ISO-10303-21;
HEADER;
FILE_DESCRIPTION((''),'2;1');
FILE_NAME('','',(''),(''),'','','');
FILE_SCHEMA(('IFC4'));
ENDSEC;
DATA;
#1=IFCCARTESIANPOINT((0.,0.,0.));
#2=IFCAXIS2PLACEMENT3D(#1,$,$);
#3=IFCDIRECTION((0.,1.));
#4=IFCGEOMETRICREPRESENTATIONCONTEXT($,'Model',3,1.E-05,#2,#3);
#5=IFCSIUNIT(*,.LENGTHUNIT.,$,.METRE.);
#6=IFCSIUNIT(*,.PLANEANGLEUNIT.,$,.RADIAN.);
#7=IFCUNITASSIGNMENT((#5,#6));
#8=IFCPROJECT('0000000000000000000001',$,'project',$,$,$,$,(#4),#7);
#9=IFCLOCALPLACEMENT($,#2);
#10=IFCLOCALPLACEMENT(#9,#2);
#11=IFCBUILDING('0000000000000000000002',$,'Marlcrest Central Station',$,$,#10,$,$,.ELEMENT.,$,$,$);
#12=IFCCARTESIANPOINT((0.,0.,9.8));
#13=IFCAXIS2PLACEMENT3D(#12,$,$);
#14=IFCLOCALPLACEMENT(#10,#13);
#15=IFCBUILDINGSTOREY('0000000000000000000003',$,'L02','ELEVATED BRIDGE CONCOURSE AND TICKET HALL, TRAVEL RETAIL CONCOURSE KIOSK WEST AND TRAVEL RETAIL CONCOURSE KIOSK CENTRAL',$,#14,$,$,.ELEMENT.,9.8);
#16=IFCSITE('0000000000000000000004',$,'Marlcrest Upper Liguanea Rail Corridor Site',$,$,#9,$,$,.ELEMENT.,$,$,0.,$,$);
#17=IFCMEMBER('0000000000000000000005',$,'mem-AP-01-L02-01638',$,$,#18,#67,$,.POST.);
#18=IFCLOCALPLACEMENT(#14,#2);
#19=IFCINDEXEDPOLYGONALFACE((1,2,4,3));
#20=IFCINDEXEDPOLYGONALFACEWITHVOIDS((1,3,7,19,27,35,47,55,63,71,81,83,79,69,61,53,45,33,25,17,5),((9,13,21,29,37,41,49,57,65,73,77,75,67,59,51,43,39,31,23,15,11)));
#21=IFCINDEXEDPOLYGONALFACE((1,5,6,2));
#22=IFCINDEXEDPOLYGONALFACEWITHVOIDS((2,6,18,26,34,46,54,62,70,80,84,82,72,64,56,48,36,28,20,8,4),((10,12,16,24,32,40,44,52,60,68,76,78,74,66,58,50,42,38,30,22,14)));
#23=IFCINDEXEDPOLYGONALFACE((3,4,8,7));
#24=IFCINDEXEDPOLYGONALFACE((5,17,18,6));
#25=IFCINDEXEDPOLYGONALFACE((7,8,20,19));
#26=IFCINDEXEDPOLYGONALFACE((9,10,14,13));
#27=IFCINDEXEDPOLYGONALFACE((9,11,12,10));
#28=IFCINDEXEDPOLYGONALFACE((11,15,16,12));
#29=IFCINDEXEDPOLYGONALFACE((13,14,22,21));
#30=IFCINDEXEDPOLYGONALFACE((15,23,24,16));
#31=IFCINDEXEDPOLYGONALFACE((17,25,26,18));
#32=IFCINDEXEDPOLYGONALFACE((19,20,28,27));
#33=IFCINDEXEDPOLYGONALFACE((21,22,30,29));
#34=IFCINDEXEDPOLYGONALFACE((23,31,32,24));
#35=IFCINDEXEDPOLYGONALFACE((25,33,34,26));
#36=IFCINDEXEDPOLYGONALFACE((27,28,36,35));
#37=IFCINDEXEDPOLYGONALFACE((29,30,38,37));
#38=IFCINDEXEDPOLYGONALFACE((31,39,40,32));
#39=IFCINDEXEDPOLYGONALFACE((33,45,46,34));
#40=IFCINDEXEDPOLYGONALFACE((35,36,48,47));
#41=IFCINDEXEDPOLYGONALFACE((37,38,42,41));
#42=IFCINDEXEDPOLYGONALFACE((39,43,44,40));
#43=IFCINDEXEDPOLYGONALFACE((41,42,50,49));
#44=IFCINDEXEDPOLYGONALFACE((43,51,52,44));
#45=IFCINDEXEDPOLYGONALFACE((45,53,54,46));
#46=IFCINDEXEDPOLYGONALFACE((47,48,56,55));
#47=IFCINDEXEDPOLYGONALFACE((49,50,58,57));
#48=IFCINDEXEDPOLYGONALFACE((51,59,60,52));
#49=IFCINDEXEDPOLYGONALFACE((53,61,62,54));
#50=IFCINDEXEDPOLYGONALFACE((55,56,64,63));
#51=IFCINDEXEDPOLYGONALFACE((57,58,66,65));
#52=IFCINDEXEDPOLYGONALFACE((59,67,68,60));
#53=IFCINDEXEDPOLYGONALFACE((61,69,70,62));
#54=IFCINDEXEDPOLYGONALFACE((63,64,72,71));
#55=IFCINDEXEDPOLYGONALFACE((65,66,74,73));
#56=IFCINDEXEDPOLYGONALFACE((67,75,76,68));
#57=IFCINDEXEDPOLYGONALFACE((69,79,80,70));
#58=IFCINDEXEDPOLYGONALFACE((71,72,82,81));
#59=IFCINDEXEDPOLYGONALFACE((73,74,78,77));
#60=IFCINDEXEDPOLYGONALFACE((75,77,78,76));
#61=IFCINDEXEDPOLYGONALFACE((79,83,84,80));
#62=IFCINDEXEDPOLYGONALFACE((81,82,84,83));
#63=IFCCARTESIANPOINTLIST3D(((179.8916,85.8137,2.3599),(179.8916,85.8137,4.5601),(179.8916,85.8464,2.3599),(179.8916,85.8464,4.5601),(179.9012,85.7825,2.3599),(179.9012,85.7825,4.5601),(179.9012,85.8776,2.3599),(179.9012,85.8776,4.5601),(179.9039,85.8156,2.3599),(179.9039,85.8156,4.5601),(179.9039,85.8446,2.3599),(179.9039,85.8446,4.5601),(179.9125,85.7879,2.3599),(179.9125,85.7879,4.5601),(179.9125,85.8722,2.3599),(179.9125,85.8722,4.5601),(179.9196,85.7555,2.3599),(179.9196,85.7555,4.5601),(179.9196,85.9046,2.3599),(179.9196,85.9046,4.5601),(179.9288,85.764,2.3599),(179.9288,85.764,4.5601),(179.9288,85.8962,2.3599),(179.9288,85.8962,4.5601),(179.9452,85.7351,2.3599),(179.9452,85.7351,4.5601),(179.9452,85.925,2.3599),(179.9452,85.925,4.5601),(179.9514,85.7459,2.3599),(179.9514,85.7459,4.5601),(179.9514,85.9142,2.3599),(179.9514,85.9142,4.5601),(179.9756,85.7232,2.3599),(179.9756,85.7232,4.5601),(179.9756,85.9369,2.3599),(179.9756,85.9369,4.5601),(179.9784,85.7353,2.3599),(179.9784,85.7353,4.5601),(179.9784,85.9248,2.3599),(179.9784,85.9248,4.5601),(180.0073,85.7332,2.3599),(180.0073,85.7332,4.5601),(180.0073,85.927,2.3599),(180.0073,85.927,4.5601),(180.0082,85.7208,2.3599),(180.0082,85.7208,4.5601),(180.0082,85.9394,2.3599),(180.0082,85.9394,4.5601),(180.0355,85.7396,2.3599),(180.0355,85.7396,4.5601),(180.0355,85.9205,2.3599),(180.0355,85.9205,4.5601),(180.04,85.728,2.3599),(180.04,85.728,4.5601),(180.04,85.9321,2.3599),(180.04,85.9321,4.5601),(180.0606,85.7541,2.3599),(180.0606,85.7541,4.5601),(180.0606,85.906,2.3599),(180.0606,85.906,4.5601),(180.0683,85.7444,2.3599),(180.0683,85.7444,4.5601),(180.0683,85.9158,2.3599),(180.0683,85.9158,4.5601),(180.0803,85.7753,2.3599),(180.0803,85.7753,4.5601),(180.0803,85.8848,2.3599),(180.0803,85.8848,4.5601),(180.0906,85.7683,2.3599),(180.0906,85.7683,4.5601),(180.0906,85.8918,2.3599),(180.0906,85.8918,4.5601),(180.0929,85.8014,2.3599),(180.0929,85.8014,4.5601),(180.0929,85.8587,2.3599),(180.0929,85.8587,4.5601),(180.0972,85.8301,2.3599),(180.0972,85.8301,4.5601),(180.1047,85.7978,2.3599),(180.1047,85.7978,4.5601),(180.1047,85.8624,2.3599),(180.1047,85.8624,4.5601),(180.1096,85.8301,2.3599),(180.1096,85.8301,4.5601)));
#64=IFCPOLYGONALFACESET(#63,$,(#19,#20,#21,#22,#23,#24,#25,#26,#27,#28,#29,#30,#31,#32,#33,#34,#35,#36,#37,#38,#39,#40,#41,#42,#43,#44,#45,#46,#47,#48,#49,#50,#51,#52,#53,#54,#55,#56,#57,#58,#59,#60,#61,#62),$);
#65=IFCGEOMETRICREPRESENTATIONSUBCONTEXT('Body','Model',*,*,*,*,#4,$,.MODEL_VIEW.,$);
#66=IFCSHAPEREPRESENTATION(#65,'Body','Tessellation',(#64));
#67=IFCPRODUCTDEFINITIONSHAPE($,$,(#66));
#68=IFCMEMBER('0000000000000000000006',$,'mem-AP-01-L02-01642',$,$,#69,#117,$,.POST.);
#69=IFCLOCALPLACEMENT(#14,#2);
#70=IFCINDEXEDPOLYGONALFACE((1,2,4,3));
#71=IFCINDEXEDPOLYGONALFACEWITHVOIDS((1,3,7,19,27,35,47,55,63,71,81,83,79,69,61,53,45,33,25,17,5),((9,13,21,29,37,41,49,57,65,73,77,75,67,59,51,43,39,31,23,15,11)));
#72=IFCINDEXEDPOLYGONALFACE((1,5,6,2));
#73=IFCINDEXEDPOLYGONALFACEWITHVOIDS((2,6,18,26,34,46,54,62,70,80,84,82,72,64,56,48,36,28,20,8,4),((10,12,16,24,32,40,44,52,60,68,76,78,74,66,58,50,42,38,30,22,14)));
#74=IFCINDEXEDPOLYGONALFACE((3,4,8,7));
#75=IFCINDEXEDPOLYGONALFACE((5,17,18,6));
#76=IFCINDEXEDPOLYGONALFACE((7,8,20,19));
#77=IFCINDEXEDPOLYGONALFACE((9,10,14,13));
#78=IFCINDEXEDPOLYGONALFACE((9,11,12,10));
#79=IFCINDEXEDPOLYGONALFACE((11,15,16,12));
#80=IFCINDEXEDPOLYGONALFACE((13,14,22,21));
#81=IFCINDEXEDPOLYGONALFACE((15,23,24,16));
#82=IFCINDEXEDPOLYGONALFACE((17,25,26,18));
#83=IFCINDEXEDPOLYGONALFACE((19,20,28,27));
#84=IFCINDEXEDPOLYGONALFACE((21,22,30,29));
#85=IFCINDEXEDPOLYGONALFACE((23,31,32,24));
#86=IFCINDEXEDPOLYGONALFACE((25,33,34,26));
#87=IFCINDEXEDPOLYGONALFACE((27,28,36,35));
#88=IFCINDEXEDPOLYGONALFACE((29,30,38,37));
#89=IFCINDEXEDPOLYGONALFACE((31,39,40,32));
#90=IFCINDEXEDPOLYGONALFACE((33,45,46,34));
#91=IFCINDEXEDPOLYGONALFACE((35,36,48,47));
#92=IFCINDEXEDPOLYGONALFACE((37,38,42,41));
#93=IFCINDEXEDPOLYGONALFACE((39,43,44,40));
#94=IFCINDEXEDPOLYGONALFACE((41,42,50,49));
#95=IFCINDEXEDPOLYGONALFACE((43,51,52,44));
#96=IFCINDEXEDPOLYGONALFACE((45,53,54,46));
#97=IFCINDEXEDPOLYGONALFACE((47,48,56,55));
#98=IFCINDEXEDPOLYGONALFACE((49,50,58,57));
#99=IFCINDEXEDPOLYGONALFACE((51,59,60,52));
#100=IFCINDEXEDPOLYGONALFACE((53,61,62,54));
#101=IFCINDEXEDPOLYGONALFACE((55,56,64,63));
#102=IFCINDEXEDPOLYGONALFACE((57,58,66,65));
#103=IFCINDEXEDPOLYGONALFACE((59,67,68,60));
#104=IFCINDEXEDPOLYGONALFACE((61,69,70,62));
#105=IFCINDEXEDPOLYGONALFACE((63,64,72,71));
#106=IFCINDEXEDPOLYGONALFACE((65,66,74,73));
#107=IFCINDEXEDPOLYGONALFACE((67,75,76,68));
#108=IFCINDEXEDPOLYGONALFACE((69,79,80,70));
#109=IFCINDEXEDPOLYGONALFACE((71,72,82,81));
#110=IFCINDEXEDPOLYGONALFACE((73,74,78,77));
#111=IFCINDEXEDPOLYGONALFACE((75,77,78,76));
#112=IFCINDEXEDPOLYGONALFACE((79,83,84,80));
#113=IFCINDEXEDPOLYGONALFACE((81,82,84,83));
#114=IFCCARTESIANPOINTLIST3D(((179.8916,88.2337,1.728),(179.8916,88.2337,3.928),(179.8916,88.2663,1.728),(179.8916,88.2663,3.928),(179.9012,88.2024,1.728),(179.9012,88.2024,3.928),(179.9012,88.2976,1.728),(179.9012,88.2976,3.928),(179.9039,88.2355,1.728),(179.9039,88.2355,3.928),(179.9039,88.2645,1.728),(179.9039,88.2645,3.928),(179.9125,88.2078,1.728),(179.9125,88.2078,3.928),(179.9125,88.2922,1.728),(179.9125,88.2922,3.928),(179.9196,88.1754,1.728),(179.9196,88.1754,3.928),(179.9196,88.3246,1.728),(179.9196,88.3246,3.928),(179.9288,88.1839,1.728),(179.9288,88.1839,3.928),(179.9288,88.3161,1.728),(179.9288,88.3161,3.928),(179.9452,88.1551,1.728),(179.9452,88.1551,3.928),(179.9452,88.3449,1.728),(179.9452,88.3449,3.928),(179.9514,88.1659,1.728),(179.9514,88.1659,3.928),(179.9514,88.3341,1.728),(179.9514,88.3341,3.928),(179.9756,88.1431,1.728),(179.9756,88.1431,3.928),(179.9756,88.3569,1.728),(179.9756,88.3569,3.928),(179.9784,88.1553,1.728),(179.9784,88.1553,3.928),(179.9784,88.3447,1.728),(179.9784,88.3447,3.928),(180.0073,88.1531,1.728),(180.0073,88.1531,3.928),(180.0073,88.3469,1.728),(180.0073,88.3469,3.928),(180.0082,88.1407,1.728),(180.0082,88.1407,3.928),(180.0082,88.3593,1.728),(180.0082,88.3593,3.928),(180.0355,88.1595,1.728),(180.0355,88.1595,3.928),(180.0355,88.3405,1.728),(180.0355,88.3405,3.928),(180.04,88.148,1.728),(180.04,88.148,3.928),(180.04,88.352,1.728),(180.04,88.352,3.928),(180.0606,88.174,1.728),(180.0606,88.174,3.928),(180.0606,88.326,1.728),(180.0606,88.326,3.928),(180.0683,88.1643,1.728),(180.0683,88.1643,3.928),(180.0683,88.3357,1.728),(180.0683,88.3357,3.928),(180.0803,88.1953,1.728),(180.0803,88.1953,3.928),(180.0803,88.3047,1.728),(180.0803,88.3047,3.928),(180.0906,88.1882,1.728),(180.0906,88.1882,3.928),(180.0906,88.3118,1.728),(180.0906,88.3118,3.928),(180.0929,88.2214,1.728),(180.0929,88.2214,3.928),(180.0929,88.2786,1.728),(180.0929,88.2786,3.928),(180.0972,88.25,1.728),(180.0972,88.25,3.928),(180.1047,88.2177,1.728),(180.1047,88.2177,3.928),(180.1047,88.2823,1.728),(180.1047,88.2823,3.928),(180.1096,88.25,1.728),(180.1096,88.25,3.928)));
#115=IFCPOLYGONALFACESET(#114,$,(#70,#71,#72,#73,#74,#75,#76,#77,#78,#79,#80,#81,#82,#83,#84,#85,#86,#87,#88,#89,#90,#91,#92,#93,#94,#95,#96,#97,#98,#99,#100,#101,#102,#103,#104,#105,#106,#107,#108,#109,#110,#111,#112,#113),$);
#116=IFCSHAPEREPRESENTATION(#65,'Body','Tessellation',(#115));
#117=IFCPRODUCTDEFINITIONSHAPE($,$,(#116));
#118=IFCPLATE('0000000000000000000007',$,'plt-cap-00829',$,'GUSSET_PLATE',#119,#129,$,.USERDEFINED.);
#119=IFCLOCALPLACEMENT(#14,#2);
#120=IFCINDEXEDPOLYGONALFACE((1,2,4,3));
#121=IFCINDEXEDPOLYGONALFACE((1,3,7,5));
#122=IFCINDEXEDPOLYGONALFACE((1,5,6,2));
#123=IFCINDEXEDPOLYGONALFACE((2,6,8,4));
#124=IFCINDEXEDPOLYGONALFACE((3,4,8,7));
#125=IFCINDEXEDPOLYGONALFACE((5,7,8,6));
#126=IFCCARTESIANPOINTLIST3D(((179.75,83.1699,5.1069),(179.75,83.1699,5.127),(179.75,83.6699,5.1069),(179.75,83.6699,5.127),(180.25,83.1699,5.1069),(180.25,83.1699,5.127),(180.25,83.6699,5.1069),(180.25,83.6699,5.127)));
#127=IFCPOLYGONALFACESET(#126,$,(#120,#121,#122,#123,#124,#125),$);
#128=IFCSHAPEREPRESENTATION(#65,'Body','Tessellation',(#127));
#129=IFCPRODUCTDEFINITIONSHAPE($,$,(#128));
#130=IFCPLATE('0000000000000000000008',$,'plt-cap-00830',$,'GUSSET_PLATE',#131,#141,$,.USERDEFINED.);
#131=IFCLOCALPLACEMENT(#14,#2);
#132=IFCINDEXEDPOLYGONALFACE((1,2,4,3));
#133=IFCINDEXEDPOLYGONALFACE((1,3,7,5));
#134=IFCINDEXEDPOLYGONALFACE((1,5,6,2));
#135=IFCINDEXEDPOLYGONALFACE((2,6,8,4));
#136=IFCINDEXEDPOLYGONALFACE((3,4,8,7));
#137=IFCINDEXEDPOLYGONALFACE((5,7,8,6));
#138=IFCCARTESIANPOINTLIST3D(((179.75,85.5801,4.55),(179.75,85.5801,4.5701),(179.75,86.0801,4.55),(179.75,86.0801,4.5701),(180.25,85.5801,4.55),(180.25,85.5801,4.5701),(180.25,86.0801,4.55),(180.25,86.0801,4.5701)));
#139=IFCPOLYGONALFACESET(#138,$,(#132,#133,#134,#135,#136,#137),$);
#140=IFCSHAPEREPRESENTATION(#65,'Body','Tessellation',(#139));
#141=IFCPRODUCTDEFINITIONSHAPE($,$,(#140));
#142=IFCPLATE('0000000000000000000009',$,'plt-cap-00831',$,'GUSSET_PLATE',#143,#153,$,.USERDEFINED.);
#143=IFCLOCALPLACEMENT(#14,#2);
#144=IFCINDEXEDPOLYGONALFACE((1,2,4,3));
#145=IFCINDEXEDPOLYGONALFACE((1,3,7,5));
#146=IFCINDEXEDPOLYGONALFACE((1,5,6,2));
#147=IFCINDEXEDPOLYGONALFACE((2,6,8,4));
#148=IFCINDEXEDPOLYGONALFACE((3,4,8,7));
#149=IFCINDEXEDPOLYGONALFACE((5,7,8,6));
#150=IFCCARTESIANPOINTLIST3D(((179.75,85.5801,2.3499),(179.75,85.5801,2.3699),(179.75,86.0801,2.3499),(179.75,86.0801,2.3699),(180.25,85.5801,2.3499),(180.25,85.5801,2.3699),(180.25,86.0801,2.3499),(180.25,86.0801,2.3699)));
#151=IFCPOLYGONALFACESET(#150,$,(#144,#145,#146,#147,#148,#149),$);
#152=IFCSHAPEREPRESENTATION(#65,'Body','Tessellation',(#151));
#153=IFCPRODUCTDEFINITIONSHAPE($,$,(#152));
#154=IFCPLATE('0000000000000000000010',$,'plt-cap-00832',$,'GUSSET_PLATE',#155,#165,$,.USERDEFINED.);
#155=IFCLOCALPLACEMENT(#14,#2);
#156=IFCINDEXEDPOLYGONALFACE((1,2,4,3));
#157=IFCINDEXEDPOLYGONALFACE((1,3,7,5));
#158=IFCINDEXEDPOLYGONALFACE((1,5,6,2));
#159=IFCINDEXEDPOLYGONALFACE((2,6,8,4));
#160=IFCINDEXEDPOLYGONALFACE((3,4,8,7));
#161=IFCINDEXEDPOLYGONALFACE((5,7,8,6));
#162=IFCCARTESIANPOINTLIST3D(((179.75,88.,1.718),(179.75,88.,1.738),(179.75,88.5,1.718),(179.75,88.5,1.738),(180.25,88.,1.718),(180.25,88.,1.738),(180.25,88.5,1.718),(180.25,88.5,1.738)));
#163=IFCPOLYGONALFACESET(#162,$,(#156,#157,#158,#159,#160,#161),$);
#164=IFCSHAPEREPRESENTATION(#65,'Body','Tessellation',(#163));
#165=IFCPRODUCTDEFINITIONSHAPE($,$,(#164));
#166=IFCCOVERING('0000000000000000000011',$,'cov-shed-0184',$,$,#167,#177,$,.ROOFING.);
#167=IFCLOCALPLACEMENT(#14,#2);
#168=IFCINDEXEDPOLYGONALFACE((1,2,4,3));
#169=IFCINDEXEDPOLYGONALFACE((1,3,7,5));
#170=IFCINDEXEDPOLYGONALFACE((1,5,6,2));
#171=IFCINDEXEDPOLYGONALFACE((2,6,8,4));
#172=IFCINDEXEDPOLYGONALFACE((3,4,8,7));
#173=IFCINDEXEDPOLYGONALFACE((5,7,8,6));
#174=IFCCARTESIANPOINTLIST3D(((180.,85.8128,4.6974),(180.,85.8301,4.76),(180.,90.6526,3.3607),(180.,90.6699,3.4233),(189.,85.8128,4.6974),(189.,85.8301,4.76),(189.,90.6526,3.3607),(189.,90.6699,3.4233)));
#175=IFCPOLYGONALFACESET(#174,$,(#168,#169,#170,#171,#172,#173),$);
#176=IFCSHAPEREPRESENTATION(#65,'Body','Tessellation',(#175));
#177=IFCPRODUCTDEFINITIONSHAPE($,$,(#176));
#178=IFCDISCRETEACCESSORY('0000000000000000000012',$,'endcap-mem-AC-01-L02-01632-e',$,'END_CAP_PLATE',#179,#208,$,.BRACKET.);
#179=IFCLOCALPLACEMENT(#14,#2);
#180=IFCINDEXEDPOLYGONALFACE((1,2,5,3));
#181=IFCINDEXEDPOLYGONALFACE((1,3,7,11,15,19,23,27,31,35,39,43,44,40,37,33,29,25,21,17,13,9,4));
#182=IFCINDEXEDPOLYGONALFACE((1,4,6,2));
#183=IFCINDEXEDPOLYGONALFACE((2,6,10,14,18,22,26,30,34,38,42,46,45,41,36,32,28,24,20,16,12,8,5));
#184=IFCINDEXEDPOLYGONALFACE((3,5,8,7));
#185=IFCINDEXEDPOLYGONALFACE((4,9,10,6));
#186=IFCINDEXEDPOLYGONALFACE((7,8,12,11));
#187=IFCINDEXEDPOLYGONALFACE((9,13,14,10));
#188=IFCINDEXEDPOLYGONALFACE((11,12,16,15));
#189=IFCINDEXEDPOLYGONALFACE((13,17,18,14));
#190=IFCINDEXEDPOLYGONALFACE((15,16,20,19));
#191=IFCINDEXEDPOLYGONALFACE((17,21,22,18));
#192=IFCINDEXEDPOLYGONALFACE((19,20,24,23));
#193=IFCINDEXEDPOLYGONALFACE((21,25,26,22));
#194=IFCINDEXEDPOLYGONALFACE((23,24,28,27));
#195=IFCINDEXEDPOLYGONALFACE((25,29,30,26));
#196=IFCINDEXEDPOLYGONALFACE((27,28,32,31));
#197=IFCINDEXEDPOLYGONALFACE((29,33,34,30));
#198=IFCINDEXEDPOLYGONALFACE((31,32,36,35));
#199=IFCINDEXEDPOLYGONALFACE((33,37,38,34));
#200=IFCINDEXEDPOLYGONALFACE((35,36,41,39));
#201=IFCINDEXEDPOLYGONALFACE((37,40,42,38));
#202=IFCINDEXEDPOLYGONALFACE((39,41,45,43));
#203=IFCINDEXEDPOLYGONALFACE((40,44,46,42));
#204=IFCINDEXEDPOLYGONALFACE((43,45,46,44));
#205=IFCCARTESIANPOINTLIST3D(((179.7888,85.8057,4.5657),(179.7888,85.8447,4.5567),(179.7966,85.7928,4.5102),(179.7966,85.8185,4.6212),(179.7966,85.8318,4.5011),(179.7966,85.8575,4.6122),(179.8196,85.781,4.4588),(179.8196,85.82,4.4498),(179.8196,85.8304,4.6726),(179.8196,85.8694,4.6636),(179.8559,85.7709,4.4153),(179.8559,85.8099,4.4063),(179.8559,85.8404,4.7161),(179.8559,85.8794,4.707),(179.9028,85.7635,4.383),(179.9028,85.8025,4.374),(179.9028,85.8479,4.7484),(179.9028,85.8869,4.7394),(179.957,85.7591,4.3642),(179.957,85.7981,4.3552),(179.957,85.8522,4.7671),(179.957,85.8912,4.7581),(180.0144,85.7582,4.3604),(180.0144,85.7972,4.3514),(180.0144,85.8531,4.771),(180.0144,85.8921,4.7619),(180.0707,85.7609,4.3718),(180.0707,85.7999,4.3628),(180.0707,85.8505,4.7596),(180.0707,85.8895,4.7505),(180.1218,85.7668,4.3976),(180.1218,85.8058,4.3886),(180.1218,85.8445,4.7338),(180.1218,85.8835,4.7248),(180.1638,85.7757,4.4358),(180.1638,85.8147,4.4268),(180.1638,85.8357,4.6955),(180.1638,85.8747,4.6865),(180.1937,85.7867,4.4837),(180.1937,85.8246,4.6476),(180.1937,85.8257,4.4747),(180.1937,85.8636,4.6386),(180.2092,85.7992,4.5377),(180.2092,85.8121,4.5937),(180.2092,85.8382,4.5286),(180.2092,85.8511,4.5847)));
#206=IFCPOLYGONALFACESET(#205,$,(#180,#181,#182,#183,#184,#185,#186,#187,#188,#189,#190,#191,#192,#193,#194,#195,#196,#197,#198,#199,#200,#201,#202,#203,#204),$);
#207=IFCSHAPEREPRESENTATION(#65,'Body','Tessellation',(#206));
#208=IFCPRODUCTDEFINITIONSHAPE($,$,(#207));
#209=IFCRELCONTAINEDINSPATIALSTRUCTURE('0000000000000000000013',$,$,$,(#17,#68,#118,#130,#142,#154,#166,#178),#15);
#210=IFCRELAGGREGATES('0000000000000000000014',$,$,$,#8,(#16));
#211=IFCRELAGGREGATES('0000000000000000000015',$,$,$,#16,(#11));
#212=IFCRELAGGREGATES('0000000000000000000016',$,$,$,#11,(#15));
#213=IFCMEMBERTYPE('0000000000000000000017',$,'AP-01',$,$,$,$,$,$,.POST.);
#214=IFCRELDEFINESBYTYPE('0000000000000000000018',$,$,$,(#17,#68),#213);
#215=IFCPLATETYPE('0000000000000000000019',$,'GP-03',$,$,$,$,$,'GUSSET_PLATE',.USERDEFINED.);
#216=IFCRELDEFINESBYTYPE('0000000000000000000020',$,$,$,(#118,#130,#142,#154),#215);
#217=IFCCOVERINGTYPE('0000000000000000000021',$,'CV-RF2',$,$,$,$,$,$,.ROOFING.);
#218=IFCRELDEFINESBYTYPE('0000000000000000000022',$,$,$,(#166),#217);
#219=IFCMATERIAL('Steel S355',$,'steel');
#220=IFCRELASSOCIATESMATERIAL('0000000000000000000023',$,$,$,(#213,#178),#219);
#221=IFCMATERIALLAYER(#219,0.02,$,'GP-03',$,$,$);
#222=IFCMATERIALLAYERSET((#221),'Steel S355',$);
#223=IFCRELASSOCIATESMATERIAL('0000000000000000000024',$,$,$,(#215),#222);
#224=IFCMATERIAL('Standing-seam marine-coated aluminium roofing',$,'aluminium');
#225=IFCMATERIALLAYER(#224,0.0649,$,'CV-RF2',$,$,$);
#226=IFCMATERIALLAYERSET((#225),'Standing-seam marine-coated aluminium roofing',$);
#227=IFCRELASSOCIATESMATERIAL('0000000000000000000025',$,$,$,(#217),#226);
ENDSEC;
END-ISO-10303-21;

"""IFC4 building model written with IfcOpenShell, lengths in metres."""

from ifc_helpers import new_model, si_unit, direction, frame, origin, origin_2d, place, context, subcontext, project, spatial, polyline, rectangle, circle, hollow_circle, outline, extrude, material, layer, layer_set, material_profile, profile_set, type_object, element, save


model = new_model("IFC4")

# Units and contexts
model_context = context("Model", 3, precision=1e-05, world=origin(), true_north=direction((0.0, 1.0)))
body_context = subcontext(model_context, "Body", "Model", "MODEL_VIEW")
ifc_project = project(units=[si_unit("LENGTHUNIT", "METRE"), si_unit("PLANEANGLEUNIT", "RADIAN")], contexts=[model_context])

# Site, building, storey
site_placement = place(None, origin())
site = spatial("IfcSite", under=ifc_project, at=site_placement, Name="Marlcrest Upper Liguanea Rail Corridor Site", CompositionType="ELEMENT", RefElevation=0.0)
building_placement = place(site_placement, origin())
building = spatial("IfcBuilding", under=site, at=building_placement, Name="Marlcrest Central Station", CompositionType="ELEMENT")
storey_placement = place(building_placement, frame((0.0, 0.0, 9.8)))
storey = spatial("IfcBuildingStorey", under=building, at=storey_placement, Name="L02", Description="ELEVATED BRIDGE CONCOURSE AND TICKET HALL, TRAVEL RETAIL CONCOURSE KIOSK WEST AND TRAVEL RETAIL CONCOURSE KIOSK CENTRAL", CompositionType="ELEMENT", Elevation=9.8)

# Members
ifc_material_1 = material(Name="Steel S355", Category="steel")
ifc_material_profile_1 = material_profile(ifc_material_1, hollow_circle(Radius=0.1096, WallThickness=0.0125, at=origin_2d()), Name="CHS 219.1x12.5")
ifc_profile_set_1 = profile_set([ifc_material_profile_1], Name="Steel S355")
member_type_1 = type_object("IfcMemberType", Name="AP-01", PredefinedType="POST", material=ifc_profile_set_1)
member_1_placement = place(storey_placement, frame((180.0, 85.8301, 2.3599), z_axis=(0.0, 0.0, 1.0), x_axis=(1.0, 0.0, 0.0)))
element("IfcMember", 1, at=member_1_placement, inside=storey, type_object=member_type_1, Name="mem-AP-01-L02-01638", PredefinedType="POST", context=body_context, shape_type="SweptSolid", body=[
    extrude(hollow_circle(Radius=0.1096, WallThickness=0.0125, at=origin_2d()), origin(), (0.0, 0.0, 1.0), 2.2002),
])
member_2_placement = place(storey_placement, frame((180.0, 88.25, 1.728), z_axis=(0.0, 0.0, 1.0), x_axis=(1.0, 0.0, 0.0)))
element("IfcMember", 2, at=member_2_placement, inside=storey, type_object=member_type_1, Name="mem-AP-01-L02-01642", PredefinedType="POST", context=body_context, shape_type="SweptSolid", body=[
    extrude(hollow_circle(Radius=0.1096, WallThickness=0.0125, at=origin_2d()), origin(), (0.0, 0.0, 1.0), 2.2),
])

# Plates
ifc_layer_1 = layer(ifc_material_1, 0.02, Name="GP-03")
ifc_layer_set_1 = layer_set([ifc_layer_1], Name="Steel S355")
plate_type = type_object("IfcPlateType", Name="GP-03", ElementType="GUSSET_PLATE", PredefinedType="USERDEFINED", material=ifc_layer_set_1)
for number, where, z_axis, x_axis, name in (
    (3, (180.0, 83.4199, 5.1069), (0.0, 0.0, 1.0), (1.0, 0.0, 0.0), "plt-cap-00829"),
    (4, (180.0, 85.8301, 4.55), (0.0, 0.0, 1.0), (1.0, 0.0, 0.0), "plt-cap-00830"),
    (5, (180.0, 85.8301, 2.3499), (0.0, 0.0, 1.0), (1.0, 0.0, 0.0), "plt-cap-00831"),
    (6, (180.0, 88.25, 1.718), (0.0, 0.0, 1.0), (1.0, 0.0, 0.0), "plt-cap-00832"),
):
    element("IfcPlate", number, at=place(storey_placement, frame(where, z_axis=z_axis, x_axis=x_axis)), inside=storey, type_object=plate_type, Name=name, ObjectType="GUSSET_PLATE", PredefinedType="USERDEFINED", context=body_context, shape_type="SweptSolid", body=[
        extrude(rectangle(XDim=0.5, YDim=0.5, at=origin_2d()), origin(), (0.0, 0.0, 1.0), 0.02),
    ])

# Covering
ifc_material_2 = material(Name="Standing-seam marine-coated aluminium roofing", Category="aluminium")
ifc_layer_2 = layer(ifc_material_2, 0.0649, Name="CV-RF2")
ifc_layer_set_2 = layer_set([ifc_layer_2], Name="Standing-seam marine-coated aluminium roofing")
covering_type = type_object("IfcCoveringType", Name="CV-RF2", PredefinedType="ROOFING", material=ifc_layer_set_2)
covering_placement = place(storey_placement, frame((180.0, 85.8301, 4.76), z_axis=(0.0, 0.266214, 0.963914), x_axis=(1.0, 0.0, 0.0)))
element("IfcCovering", 7, at=covering_placement, inside=storey, type_object=covering_type, Name="cov-shed-0184", PredefinedType="ROOFING", context=body_context, shape_type="SweptSolid", body=[
    extrude(outline(polyline([(0.0, 0.0), (9.0, 0.0), (9.0, 5.021), (0.0, 5.021), (0.0, 0.0)])), origin(), (0.0, 0.0, -1.0), 0.0649),
])

# Discrete accessory
discrete_accessory_1_placement = place(storey_placement, frame((180.0, 85.8057, 4.5657), z_axis=(0.0, 0.97433, -0.225126), x_axis=(-1.0, 0.0, 0.0)))
element("IfcDiscreteAccessory", 8, at=discrete_accessory_1_placement, inside=storey, material=ifc_material_1, Name="endcap-mem-AC-01-L02-01632-e", ObjectType="END_CAP_PLATE", PredefinedType="BRACKET", context=body_context, shape_type="SweptSolid", body=[
    extrude(circle(Radius=0.2112, at=origin_2d()), origin(), (0.0, 0.0, 1.0), 0.04),
])

save(model, "model.ifc")
